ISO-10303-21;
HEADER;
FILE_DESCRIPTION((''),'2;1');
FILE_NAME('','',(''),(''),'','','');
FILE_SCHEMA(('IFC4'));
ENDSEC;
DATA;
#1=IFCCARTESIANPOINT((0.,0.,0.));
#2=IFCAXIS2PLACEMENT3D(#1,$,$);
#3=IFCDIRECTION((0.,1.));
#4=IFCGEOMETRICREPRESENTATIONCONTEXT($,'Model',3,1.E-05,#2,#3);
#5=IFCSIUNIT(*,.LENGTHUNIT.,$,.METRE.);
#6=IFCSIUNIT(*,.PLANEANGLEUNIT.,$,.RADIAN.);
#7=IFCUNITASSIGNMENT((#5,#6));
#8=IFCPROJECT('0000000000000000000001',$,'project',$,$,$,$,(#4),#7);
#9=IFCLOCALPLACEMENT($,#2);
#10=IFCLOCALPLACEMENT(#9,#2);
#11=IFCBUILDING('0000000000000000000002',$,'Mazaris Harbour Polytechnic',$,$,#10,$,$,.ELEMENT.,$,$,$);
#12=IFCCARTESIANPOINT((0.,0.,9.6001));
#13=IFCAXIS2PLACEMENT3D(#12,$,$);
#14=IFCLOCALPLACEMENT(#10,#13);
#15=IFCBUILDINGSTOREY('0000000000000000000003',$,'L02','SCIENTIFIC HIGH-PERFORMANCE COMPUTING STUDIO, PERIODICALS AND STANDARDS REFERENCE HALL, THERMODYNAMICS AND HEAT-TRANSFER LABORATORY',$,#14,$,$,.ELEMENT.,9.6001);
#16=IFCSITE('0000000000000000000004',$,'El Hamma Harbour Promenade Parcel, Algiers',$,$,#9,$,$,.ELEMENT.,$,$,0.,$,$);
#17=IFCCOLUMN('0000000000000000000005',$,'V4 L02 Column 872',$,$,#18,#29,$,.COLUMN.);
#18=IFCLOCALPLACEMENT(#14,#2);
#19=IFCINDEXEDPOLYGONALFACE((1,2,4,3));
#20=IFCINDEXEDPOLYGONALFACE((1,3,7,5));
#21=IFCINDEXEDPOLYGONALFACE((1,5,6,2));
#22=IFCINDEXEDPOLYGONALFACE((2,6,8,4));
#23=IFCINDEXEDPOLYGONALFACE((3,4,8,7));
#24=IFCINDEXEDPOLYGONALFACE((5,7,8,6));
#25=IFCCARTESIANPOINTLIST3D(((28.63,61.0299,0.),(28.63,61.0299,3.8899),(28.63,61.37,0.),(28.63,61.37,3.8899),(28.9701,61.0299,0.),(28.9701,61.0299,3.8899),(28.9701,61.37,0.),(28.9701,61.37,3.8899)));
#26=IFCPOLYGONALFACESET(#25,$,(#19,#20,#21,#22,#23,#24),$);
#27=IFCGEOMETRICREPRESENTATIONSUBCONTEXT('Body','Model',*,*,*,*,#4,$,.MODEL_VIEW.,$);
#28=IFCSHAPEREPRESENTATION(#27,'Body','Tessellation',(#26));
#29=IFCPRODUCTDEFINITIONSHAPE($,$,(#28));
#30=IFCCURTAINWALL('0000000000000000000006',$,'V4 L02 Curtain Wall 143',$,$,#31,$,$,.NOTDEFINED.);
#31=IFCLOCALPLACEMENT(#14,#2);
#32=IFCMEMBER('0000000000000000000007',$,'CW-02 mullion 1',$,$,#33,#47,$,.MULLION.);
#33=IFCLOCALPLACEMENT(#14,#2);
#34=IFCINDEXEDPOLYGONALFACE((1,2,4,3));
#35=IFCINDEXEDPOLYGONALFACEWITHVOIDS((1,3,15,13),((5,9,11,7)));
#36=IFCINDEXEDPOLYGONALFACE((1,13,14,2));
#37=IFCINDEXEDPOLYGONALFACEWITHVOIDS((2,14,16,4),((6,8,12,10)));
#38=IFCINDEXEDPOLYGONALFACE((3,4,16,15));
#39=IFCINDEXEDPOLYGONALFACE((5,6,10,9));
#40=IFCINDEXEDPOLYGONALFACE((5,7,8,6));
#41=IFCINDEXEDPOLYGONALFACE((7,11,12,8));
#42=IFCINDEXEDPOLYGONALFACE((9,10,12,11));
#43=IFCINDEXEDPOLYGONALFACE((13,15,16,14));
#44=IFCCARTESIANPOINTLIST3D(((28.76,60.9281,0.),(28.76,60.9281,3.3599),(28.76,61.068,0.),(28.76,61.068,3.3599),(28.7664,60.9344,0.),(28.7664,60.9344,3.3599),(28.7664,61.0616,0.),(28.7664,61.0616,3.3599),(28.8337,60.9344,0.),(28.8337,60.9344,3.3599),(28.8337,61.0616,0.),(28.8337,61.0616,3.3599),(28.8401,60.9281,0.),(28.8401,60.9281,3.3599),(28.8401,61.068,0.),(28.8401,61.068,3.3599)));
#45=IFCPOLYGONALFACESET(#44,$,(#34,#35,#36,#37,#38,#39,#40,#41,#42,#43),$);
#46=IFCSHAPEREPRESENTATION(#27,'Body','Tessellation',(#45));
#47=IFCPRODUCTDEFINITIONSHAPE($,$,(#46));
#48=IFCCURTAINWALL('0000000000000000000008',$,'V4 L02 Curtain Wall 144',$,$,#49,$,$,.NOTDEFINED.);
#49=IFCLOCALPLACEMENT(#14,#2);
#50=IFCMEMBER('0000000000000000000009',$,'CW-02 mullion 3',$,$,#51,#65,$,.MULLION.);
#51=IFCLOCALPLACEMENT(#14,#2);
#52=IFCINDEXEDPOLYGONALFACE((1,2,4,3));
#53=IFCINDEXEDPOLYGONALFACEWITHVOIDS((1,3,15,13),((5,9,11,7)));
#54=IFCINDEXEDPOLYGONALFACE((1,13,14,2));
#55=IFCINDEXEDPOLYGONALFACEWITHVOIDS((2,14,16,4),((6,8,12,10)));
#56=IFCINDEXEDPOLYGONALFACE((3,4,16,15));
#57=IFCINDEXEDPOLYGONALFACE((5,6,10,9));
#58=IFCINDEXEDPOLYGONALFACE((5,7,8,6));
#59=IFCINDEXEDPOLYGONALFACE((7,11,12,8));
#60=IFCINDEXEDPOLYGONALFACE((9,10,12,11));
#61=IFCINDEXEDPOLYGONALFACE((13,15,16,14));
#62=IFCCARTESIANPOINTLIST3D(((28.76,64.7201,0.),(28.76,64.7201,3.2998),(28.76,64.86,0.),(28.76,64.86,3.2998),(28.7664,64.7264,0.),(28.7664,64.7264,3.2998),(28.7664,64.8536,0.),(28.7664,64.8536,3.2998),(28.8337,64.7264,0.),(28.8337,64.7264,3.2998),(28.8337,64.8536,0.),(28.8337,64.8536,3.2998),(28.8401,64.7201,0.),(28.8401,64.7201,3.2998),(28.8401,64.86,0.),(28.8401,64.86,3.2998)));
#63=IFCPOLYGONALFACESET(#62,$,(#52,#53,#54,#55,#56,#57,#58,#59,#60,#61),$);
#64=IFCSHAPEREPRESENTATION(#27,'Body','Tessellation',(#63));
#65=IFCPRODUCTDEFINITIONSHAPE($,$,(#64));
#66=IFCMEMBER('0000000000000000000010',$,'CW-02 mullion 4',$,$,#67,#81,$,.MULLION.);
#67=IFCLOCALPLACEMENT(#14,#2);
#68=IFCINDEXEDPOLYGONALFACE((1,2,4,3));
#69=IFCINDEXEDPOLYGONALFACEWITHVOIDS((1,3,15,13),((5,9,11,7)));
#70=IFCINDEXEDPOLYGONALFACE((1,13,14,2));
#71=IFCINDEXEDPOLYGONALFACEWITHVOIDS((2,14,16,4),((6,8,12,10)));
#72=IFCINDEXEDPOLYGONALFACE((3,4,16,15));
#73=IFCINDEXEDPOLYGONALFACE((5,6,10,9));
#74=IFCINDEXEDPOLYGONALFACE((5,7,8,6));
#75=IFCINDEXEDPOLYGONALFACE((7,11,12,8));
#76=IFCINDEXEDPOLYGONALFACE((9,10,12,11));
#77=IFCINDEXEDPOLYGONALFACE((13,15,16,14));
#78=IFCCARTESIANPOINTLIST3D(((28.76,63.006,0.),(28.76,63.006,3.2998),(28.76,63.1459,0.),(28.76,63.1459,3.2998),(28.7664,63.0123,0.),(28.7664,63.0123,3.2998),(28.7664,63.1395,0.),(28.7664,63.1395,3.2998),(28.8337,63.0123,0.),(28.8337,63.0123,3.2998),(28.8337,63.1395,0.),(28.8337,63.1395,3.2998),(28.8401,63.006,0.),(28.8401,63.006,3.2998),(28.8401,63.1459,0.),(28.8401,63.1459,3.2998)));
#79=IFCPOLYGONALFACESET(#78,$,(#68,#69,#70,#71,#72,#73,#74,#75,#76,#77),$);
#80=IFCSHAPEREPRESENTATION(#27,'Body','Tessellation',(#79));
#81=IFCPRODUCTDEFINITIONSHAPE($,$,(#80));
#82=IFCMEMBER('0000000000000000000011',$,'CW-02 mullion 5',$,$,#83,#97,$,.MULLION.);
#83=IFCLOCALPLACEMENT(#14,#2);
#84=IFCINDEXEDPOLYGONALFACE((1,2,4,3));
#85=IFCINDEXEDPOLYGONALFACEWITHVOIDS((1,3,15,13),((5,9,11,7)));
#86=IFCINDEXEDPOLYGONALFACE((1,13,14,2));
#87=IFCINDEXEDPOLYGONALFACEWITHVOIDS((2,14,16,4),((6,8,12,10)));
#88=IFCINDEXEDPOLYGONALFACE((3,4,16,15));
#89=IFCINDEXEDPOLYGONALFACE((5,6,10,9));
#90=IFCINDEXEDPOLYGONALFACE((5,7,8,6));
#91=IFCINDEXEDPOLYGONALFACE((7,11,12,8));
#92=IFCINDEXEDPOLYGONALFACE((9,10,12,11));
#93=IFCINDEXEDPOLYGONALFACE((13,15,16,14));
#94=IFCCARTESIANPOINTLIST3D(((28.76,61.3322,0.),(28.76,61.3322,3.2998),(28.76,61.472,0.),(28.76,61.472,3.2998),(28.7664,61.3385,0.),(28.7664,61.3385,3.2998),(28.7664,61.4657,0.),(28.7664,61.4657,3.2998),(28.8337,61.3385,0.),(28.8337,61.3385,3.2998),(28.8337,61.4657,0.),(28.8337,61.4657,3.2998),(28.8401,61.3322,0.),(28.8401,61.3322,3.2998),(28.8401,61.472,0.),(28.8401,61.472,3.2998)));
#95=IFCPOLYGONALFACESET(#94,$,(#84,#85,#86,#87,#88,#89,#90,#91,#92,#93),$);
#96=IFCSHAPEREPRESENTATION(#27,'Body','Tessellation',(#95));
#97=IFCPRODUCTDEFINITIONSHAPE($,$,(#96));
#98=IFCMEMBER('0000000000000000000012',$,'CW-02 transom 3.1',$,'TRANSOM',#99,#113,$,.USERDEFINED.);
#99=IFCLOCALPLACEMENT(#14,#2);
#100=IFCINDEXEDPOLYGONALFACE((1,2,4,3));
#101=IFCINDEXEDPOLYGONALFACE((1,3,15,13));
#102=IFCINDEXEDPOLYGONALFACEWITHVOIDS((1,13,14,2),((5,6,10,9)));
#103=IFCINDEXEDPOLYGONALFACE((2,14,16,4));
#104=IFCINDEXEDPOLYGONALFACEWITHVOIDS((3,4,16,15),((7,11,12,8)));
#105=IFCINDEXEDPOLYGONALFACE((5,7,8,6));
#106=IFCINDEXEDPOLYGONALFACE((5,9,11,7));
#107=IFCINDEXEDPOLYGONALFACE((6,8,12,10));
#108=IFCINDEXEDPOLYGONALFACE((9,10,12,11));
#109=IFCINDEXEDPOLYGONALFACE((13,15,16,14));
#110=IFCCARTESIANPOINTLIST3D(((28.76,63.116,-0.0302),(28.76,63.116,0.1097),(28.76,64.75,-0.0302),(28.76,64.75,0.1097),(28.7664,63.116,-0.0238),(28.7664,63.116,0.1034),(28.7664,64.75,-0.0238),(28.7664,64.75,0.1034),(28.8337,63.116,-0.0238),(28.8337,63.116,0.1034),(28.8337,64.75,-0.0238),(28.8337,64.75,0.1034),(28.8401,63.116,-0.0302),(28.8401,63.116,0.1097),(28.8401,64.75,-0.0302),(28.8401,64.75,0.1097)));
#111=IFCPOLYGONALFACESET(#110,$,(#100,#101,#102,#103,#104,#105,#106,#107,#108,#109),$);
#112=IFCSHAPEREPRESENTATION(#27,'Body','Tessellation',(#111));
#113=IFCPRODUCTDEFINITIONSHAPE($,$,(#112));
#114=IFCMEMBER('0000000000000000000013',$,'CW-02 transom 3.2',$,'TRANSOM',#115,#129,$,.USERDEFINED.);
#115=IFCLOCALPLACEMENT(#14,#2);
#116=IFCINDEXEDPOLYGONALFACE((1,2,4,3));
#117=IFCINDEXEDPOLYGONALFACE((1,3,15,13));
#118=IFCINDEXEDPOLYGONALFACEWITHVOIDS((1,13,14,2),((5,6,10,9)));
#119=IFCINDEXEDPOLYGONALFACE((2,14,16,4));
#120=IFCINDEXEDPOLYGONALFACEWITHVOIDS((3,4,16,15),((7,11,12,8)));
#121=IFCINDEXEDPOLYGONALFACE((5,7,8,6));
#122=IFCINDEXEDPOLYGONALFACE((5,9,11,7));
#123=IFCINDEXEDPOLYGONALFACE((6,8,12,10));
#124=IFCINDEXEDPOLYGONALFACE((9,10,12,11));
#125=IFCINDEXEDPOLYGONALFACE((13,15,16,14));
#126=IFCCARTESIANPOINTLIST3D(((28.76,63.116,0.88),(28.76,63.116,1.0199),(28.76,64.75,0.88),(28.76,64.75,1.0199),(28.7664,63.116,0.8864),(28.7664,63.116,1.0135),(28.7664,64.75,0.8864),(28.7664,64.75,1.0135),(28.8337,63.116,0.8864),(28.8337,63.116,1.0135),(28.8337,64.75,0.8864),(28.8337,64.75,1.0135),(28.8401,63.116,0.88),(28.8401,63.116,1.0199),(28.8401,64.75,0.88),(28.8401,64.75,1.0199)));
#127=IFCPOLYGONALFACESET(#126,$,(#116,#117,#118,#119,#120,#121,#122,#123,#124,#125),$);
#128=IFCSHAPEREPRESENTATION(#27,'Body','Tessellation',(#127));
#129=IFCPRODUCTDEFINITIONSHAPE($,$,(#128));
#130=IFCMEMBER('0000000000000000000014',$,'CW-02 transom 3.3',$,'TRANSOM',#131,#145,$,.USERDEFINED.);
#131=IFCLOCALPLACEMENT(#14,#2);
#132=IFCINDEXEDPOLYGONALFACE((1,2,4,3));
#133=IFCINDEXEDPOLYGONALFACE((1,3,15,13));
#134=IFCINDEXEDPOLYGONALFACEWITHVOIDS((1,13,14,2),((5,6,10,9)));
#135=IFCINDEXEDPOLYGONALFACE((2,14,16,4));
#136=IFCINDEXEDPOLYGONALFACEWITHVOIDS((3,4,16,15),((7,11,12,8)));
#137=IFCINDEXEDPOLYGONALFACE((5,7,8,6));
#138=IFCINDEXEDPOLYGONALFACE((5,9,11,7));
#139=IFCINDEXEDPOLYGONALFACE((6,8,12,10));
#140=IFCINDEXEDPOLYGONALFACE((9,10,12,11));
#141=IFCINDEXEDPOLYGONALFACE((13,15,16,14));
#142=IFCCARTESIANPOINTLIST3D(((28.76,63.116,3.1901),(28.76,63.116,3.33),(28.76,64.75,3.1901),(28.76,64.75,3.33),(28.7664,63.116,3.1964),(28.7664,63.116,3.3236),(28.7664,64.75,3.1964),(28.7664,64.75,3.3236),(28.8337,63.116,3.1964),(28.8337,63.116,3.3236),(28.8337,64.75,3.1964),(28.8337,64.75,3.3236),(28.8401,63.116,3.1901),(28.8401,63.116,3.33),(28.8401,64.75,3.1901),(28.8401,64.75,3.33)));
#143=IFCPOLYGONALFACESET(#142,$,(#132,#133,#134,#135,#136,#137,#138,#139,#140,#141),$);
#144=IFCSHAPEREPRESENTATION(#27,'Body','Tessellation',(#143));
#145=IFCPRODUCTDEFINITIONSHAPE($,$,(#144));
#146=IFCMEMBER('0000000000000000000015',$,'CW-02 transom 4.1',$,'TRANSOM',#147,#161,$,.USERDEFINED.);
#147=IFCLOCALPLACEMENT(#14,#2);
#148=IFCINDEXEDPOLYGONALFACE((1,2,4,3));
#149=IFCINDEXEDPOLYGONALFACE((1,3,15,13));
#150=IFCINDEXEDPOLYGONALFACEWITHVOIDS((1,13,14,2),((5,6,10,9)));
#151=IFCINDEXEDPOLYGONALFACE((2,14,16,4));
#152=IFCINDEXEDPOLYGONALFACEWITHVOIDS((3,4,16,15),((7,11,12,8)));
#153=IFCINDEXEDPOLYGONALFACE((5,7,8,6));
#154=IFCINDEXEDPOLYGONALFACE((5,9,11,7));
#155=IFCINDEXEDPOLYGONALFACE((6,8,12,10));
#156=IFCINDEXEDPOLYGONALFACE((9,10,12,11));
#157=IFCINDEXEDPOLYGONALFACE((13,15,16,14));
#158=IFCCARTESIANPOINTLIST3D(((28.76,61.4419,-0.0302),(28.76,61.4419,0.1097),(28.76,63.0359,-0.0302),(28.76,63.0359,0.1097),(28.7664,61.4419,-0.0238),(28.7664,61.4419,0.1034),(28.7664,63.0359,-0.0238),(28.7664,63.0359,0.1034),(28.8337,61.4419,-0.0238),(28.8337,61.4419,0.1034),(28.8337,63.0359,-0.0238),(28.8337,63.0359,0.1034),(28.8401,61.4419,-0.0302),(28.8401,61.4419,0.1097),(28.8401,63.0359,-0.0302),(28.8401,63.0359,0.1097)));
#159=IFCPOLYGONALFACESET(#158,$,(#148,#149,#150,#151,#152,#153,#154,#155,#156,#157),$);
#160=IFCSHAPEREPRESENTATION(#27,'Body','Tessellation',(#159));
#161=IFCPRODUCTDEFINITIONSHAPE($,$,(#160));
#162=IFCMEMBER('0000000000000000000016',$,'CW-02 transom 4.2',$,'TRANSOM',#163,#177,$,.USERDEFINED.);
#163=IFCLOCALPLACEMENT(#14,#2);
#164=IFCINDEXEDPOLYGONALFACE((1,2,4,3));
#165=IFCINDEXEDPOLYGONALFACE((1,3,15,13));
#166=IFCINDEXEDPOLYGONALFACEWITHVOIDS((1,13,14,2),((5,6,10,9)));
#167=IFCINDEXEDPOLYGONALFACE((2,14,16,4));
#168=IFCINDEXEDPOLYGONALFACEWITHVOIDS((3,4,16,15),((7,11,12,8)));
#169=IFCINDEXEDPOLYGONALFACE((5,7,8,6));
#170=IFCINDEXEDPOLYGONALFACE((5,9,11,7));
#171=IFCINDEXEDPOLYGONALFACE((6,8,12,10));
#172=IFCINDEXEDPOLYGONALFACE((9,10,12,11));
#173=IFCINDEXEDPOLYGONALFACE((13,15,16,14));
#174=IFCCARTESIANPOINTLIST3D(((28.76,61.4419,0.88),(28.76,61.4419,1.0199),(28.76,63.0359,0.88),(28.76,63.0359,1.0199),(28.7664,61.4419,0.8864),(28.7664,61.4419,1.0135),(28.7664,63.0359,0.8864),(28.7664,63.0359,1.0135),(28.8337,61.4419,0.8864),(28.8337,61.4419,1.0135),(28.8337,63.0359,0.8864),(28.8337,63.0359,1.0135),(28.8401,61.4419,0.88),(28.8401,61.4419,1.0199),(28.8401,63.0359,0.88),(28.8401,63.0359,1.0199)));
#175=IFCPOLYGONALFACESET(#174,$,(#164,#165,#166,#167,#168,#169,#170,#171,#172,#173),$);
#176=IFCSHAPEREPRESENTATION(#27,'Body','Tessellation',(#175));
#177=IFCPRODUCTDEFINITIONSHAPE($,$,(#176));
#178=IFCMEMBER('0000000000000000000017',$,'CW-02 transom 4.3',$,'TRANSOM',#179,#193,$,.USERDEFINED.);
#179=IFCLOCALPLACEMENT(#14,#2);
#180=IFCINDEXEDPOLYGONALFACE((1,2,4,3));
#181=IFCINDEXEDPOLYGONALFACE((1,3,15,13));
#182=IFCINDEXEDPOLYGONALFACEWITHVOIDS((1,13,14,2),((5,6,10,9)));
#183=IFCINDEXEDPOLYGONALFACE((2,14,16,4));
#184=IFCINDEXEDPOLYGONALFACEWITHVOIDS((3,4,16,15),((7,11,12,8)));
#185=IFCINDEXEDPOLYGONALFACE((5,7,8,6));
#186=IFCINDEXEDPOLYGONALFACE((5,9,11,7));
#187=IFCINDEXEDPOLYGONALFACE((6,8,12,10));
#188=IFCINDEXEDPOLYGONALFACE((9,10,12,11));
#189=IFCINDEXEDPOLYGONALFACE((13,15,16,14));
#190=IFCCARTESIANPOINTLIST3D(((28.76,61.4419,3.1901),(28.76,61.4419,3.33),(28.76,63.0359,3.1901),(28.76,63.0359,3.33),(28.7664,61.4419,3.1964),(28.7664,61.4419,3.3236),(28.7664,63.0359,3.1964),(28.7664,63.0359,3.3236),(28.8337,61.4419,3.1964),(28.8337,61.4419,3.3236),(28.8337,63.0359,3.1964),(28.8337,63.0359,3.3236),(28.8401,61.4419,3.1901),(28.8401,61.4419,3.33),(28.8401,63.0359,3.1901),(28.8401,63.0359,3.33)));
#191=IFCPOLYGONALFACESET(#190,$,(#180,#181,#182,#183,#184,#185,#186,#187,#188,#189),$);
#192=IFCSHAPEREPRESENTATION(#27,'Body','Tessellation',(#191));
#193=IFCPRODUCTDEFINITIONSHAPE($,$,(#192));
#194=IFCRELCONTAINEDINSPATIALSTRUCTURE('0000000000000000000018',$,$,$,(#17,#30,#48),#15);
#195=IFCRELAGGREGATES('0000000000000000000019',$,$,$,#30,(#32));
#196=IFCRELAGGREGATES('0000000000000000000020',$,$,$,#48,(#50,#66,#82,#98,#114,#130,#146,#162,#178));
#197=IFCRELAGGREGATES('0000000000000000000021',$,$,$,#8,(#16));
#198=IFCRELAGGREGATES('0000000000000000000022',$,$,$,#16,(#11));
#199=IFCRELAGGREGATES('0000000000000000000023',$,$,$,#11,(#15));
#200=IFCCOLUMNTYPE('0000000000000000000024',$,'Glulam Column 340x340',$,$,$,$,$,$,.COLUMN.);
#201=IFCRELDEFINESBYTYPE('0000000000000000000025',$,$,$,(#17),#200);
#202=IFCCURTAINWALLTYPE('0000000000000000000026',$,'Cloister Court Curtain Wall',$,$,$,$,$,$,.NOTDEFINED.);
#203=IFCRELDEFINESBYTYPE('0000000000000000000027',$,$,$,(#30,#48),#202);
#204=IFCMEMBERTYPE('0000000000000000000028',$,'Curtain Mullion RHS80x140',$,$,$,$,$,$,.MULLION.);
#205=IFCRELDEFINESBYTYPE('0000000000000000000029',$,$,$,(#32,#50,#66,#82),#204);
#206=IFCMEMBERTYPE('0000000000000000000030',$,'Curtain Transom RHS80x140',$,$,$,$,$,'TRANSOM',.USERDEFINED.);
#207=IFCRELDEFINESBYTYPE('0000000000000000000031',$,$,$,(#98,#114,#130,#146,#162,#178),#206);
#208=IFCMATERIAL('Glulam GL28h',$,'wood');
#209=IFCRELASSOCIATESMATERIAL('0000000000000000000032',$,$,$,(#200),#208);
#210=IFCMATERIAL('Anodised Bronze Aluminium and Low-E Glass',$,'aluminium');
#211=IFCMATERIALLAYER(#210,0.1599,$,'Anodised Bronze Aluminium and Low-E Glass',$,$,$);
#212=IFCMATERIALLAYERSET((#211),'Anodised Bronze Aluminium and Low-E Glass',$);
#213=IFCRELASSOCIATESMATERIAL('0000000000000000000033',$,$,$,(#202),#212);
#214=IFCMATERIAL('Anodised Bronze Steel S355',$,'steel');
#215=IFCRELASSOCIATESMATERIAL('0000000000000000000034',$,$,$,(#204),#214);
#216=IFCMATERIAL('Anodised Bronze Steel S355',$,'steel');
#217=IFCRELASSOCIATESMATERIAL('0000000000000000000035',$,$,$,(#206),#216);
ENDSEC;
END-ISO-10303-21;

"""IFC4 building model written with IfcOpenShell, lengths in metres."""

from ifc_helpers import new_model, si_unit, direction, frame, origin, origin_2d, place, context, subcontext, project, spatial, rectangle, hollow_rectangle, extrude, material, layer, layer_set, material_profile, profile_set, type_object, element, aggregate, save


model = new_model("IFC4")

# Units and contexts
model_context = context("Model", 3, precision=1e-05, world=origin(), true_north=direction((0.0, 1.0)))
body_context = subcontext(model_context, "Body", "Model", "MODEL_VIEW")
ifc_project = project(units=[si_unit("LENGTHUNIT", "METRE"), si_unit("PLANEANGLEUNIT", "RADIAN")], contexts=[model_context])

# Site, building, storey
site_placement = place(None, origin())
site = spatial("IfcSite", under=ifc_project, at=site_placement, Name="El Hamma Harbour Promenade Parcel, Algiers", CompositionType="ELEMENT", RefElevation=0.0)
building_placement = place(site_placement, origin())
building = spatial("IfcBuilding", under=site, at=building_placement, Name="Mazaris Harbour Polytechnic", CompositionType="ELEMENT")
storey_placement = place(building_placement, frame((0.0, 0.0, 9.6001)))
storey = spatial("IfcBuildingStorey", under=building, at=storey_placement, Name="L02", Description="SCIENTIFIC HIGH-PERFORMANCE COMPUTING STUDIO, PERIODICALS AND STANDARDS REFERENCE HALL, THERMODYNAMICS AND HEAT-TRANSFER LABORATORY", CompositionType="ELEMENT", Elevation=9.6001)

# Column
ifc_material_1 = material(Name="Glulam GL28h", Category="wood")
ifc_material_profile_1 = material_profile(ifc_material_1, rectangle(XDim=0.3401, YDim=0.3401, at=origin_2d()), Name="RECT340x340")
ifc_profile_set_1 = profile_set([ifc_material_profile_1], Name="Glulam GL28h")
column_type = type_object("IfcColumnType", Name="Glulam Column 340x340", PredefinedType="COLUMN", material=ifc_profile_set_1)
column_placement = place(storey_placement, frame((28.8, 61.2, 0.0), z_axis=(0.0, 0.0, 1.0), x_axis=(1.0, 0.0, 0.0)))
element("IfcColumn", 1, at=column_placement, inside=storey, type_object=column_type, Name="V4 L02 Column 872", PredefinedType="COLUMN", context=body_context, shape_type="SweptSolid", body=[
    extrude(rectangle(XDim=0.3401, YDim=0.3401, at=origin_2d()), origin(), (0.0, 0.0, 1.0), 3.8899),
])

# Curtain wall, member
ifc_material_2 = material(Name="Anodised Bronze Aluminium and Low-E Glass", Category="aluminium")
ifc_layer_1 = layer(ifc_material_2, 0.1599, Name="Anodised Bronze Aluminium and Low-E Glass")
ifc_layer_set_1 = layer_set([ifc_layer_1], Name="Anodised Bronze Aluminium and Low-E Glass")
curtain_wall_type = type_object("IfcCurtainWallType", Name="Cloister Court Curtain Wall", PredefinedType="NOTDEFINED", material=ifc_layer_set_1)
curtain_wall_1_placement = place(storey_placement, origin())
curtain_wall_1 = element("IfcCurtainWall", 2, at=curtain_wall_1_placement, inside=storey, type_object=curtain_wall_type, Name="V4 L02 Curtain Wall 143", PredefinedType="NOTDEFINED")
ifc_material_3 = material(Name="Anodised Bronze Steel S355", Category="steel")
ifc_material_profile_2 = material_profile(ifc_material_3, hollow_rectangle(XDim=0.0801, YDim=0.1399, WallThickness=0.0063, at=origin_2d()), Name="RHS 80x140x6.3")
ifc_profile_set_2 = profile_set([ifc_material_profile_2], Name="Anodised Bronze Steel S355")
member_type_1 = type_object("IfcMemberType", Name="Curtain Mullion RHS80x140", PredefinedType="MULLION", material=ifc_profile_set_2)
member_1_placement = place(storey_placement, frame((28.8, 60.998, 0.0), z_axis=(0.0, 0.0, 1.0), x_axis=(1.0, 0.0, 0.0)))
member_1 = element("IfcMember", 3, at=member_1_placement, type_object=member_type_1, Name="CW-02 mullion 1", PredefinedType="MULLION", context=body_context, shape_type="SweptSolid", body=[
    extrude(hollow_rectangle(XDim=0.0801, YDim=0.1399, WallThickness=0.0063, at=origin_2d()), origin(), (0.0, 0.0, 1.0), 3.3599),
])
aggregate(curtain_wall_1, [member_1])

# Curtain wall, members
curtain_wall_2_placement = place(storey_placement, origin())
curtain_wall_2 = element("IfcCurtainWall", 4, at=curtain_wall_2_placement, inside=storey, type_object=curtain_wall_type, Name="V4 L02 Curtain Wall 144", PredefinedType="NOTDEFINED")
member_2_placement = place(storey_placement, frame((28.8, 64.79, 0.0), z_axis=(0.0, 0.0, 1.0), x_axis=(1.0, 0.0, 0.0)))
member_2 = element("IfcMember", 5, at=member_2_placement, type_object=member_type_1, Name="CW-02 mullion 3", PredefinedType="MULLION", context=body_context, shape_type="SweptSolid", body=[
    extrude(hollow_rectangle(XDim=0.0801, YDim=0.1399, WallThickness=0.0063, at=origin_2d()), origin(), (0.0, 0.0, 1.0), 3.2998),
])
member_3_placement = place(storey_placement, frame((28.8, 63.0759, 0.0), z_axis=(0.0, 0.0, 1.0), x_axis=(1.0, 0.0, 0.0)))
member_3 = element("IfcMember", 6, at=member_3_placement, type_object=member_type_1, Name="CW-02 mullion 4", PredefinedType="MULLION", context=body_context, shape_type="SweptSolid", body=[
    extrude(hollow_rectangle(XDim=0.0801, YDim=0.1399, WallThickness=0.0063, at=origin_2d()), origin(), (0.0, 0.0, 1.0), 3.2998),
])
member_4_placement = place(storey_placement, frame((28.8, 61.4021, 0.0), z_axis=(0.0, 0.0, 1.0), x_axis=(1.0, 0.0, 0.0)))
member_4 = element("IfcMember", 7, at=member_4_placement, type_object=member_type_1, Name="CW-02 mullion 5", PredefinedType="MULLION", context=body_context, shape_type="SweptSolid", body=[
    extrude(hollow_rectangle(XDim=0.0801, YDim=0.1399, WallThickness=0.0063, at=origin_2d()), origin(), (0.0, 0.0, 1.0), 3.2998),
])
ifc_material_4 = material(Name="Anodised Bronze Steel S355", Category="steel")
ifc_material_profile_3 = material_profile(ifc_material_4, hollow_rectangle(XDim=0.0801, YDim=0.1399, WallThickness=0.0063, at=origin_2d()), Name="RHS 80x140x6.3")
ifc_profile_set_3 = profile_set([ifc_material_profile_3], Name="Anodised Bronze Steel S355")
member_type_2 = type_object("IfcMemberType", Name="Curtain Transom RHS80x140", ElementType="TRANSOM", PredefinedType="USERDEFINED", material=ifc_profile_set_3)
member_5_placement = place(storey_placement, frame((28.8, 64.75, 0.0398), z_axis=(0.0, -1.0, 0.0), x_axis=(1.0, 0.0, 0.0)))
member_5 = element("IfcMember", 8, at=member_5_placement, type_object=member_type_2, Name="CW-02 transom 3.1", ObjectType="TRANSOM", PredefinedType="USERDEFINED", context=body_context, shape_type="SweptSolid", body=[
    extrude(hollow_rectangle(XDim=0.0801, YDim=0.1399, WallThickness=0.0063, at=origin_2d()), origin(), (0.0, 0.0, 1.0), 1.634),
])
member_6_placement = place(storey_placement, frame((28.8, 64.75, 0.95), z_axis=(0.0, -1.0, 0.0), x_axis=(1.0, 0.0, 0.0)))
member_6 = element("IfcMember", 9, at=member_6_placement, type_object=member_type_2, Name="CW-02 transom 3.2", ObjectType="TRANSOM", PredefinedType="USERDEFINED", context=body_context, shape_type="SweptSolid", body=[
    extrude(hollow_rectangle(XDim=0.0801, YDim=0.1399, WallThickness=0.0063, at=origin_2d()), origin(), (0.0, 0.0, 1.0), 1.634),
])
member_7_placement = place(storey_placement, frame((28.8, 64.75, 3.26), z_axis=(0.0, -1.0, 0.0), x_axis=(1.0, 0.0, 0.0)))
member_7 = element("IfcMember", 10, at=member_7_placement, type_object=member_type_2, Name="CW-02 transom 3.3", ObjectType="TRANSOM", PredefinedType="USERDEFINED", context=body_context, shape_type="SweptSolid", body=[
    extrude(hollow_rectangle(XDim=0.0801, YDim=0.1399, WallThickness=0.0063, at=origin_2d()), origin(), (0.0, 0.0, 1.0), 1.634),
])
member_8_placement = place(storey_placement, frame((28.8, 63.0359, 0.0398), z_axis=(0.0, -1.0, 0.0), x_axis=(1.0, 0.0, 0.0)))
member_8 = element("IfcMember", 11, at=member_8_placement, type_object=member_type_2, Name="CW-02 transom 4.1", ObjectType="TRANSOM", PredefinedType="USERDEFINED", context=body_context, shape_type="SweptSolid", body=[
    extrude(hollow_rectangle(XDim=0.0801, YDim=0.1399, WallThickness=0.0063, at=origin_2d()), origin(), (0.0, 0.0, 1.0), 1.594),
])
member_9_placement = place(storey_placement, frame((28.8, 63.0359, 0.95), z_axis=(0.0, -1.0, 0.0), x_axis=(1.0, 0.0, 0.0)))
member_9 = element("IfcMember", 12, at=member_9_placement, type_object=member_type_2, Name="CW-02 transom 4.2", ObjectType="TRANSOM", PredefinedType="USERDEFINED", context=body_context, shape_type="SweptSolid", body=[
    extrude(hollow_rectangle(XDim=0.0801, YDim=0.1399, WallThickness=0.0063, at=origin_2d()), origin(), (0.0, 0.0, 1.0), 1.594),
])
member_10_placement = place(storey_placement, frame((28.8, 63.0359, 3.26), z_axis=(0.0, -1.0, 0.0), x_axis=(1.0, 0.0, 0.0)))
member_10 = element("IfcMember", 13, at=member_10_placement, type_object=member_type_2, Name="CW-02 transom 4.3", ObjectType="TRANSOM", PredefinedType="USERDEFINED", context=body_context, shape_type="SweptSolid", body=[
    extrude(hollow_rectangle(XDim=0.0801, YDim=0.1399, WallThickness=0.0063, at=origin_2d()), origin(), (0.0, 0.0, 1.0), 1.594),
])

aggregate(curtain_wall_2, [member_2, member_3, member_4, member_5, member_6, member_7, member_8, member_9, member_10])

save(model, "model.ifc")
